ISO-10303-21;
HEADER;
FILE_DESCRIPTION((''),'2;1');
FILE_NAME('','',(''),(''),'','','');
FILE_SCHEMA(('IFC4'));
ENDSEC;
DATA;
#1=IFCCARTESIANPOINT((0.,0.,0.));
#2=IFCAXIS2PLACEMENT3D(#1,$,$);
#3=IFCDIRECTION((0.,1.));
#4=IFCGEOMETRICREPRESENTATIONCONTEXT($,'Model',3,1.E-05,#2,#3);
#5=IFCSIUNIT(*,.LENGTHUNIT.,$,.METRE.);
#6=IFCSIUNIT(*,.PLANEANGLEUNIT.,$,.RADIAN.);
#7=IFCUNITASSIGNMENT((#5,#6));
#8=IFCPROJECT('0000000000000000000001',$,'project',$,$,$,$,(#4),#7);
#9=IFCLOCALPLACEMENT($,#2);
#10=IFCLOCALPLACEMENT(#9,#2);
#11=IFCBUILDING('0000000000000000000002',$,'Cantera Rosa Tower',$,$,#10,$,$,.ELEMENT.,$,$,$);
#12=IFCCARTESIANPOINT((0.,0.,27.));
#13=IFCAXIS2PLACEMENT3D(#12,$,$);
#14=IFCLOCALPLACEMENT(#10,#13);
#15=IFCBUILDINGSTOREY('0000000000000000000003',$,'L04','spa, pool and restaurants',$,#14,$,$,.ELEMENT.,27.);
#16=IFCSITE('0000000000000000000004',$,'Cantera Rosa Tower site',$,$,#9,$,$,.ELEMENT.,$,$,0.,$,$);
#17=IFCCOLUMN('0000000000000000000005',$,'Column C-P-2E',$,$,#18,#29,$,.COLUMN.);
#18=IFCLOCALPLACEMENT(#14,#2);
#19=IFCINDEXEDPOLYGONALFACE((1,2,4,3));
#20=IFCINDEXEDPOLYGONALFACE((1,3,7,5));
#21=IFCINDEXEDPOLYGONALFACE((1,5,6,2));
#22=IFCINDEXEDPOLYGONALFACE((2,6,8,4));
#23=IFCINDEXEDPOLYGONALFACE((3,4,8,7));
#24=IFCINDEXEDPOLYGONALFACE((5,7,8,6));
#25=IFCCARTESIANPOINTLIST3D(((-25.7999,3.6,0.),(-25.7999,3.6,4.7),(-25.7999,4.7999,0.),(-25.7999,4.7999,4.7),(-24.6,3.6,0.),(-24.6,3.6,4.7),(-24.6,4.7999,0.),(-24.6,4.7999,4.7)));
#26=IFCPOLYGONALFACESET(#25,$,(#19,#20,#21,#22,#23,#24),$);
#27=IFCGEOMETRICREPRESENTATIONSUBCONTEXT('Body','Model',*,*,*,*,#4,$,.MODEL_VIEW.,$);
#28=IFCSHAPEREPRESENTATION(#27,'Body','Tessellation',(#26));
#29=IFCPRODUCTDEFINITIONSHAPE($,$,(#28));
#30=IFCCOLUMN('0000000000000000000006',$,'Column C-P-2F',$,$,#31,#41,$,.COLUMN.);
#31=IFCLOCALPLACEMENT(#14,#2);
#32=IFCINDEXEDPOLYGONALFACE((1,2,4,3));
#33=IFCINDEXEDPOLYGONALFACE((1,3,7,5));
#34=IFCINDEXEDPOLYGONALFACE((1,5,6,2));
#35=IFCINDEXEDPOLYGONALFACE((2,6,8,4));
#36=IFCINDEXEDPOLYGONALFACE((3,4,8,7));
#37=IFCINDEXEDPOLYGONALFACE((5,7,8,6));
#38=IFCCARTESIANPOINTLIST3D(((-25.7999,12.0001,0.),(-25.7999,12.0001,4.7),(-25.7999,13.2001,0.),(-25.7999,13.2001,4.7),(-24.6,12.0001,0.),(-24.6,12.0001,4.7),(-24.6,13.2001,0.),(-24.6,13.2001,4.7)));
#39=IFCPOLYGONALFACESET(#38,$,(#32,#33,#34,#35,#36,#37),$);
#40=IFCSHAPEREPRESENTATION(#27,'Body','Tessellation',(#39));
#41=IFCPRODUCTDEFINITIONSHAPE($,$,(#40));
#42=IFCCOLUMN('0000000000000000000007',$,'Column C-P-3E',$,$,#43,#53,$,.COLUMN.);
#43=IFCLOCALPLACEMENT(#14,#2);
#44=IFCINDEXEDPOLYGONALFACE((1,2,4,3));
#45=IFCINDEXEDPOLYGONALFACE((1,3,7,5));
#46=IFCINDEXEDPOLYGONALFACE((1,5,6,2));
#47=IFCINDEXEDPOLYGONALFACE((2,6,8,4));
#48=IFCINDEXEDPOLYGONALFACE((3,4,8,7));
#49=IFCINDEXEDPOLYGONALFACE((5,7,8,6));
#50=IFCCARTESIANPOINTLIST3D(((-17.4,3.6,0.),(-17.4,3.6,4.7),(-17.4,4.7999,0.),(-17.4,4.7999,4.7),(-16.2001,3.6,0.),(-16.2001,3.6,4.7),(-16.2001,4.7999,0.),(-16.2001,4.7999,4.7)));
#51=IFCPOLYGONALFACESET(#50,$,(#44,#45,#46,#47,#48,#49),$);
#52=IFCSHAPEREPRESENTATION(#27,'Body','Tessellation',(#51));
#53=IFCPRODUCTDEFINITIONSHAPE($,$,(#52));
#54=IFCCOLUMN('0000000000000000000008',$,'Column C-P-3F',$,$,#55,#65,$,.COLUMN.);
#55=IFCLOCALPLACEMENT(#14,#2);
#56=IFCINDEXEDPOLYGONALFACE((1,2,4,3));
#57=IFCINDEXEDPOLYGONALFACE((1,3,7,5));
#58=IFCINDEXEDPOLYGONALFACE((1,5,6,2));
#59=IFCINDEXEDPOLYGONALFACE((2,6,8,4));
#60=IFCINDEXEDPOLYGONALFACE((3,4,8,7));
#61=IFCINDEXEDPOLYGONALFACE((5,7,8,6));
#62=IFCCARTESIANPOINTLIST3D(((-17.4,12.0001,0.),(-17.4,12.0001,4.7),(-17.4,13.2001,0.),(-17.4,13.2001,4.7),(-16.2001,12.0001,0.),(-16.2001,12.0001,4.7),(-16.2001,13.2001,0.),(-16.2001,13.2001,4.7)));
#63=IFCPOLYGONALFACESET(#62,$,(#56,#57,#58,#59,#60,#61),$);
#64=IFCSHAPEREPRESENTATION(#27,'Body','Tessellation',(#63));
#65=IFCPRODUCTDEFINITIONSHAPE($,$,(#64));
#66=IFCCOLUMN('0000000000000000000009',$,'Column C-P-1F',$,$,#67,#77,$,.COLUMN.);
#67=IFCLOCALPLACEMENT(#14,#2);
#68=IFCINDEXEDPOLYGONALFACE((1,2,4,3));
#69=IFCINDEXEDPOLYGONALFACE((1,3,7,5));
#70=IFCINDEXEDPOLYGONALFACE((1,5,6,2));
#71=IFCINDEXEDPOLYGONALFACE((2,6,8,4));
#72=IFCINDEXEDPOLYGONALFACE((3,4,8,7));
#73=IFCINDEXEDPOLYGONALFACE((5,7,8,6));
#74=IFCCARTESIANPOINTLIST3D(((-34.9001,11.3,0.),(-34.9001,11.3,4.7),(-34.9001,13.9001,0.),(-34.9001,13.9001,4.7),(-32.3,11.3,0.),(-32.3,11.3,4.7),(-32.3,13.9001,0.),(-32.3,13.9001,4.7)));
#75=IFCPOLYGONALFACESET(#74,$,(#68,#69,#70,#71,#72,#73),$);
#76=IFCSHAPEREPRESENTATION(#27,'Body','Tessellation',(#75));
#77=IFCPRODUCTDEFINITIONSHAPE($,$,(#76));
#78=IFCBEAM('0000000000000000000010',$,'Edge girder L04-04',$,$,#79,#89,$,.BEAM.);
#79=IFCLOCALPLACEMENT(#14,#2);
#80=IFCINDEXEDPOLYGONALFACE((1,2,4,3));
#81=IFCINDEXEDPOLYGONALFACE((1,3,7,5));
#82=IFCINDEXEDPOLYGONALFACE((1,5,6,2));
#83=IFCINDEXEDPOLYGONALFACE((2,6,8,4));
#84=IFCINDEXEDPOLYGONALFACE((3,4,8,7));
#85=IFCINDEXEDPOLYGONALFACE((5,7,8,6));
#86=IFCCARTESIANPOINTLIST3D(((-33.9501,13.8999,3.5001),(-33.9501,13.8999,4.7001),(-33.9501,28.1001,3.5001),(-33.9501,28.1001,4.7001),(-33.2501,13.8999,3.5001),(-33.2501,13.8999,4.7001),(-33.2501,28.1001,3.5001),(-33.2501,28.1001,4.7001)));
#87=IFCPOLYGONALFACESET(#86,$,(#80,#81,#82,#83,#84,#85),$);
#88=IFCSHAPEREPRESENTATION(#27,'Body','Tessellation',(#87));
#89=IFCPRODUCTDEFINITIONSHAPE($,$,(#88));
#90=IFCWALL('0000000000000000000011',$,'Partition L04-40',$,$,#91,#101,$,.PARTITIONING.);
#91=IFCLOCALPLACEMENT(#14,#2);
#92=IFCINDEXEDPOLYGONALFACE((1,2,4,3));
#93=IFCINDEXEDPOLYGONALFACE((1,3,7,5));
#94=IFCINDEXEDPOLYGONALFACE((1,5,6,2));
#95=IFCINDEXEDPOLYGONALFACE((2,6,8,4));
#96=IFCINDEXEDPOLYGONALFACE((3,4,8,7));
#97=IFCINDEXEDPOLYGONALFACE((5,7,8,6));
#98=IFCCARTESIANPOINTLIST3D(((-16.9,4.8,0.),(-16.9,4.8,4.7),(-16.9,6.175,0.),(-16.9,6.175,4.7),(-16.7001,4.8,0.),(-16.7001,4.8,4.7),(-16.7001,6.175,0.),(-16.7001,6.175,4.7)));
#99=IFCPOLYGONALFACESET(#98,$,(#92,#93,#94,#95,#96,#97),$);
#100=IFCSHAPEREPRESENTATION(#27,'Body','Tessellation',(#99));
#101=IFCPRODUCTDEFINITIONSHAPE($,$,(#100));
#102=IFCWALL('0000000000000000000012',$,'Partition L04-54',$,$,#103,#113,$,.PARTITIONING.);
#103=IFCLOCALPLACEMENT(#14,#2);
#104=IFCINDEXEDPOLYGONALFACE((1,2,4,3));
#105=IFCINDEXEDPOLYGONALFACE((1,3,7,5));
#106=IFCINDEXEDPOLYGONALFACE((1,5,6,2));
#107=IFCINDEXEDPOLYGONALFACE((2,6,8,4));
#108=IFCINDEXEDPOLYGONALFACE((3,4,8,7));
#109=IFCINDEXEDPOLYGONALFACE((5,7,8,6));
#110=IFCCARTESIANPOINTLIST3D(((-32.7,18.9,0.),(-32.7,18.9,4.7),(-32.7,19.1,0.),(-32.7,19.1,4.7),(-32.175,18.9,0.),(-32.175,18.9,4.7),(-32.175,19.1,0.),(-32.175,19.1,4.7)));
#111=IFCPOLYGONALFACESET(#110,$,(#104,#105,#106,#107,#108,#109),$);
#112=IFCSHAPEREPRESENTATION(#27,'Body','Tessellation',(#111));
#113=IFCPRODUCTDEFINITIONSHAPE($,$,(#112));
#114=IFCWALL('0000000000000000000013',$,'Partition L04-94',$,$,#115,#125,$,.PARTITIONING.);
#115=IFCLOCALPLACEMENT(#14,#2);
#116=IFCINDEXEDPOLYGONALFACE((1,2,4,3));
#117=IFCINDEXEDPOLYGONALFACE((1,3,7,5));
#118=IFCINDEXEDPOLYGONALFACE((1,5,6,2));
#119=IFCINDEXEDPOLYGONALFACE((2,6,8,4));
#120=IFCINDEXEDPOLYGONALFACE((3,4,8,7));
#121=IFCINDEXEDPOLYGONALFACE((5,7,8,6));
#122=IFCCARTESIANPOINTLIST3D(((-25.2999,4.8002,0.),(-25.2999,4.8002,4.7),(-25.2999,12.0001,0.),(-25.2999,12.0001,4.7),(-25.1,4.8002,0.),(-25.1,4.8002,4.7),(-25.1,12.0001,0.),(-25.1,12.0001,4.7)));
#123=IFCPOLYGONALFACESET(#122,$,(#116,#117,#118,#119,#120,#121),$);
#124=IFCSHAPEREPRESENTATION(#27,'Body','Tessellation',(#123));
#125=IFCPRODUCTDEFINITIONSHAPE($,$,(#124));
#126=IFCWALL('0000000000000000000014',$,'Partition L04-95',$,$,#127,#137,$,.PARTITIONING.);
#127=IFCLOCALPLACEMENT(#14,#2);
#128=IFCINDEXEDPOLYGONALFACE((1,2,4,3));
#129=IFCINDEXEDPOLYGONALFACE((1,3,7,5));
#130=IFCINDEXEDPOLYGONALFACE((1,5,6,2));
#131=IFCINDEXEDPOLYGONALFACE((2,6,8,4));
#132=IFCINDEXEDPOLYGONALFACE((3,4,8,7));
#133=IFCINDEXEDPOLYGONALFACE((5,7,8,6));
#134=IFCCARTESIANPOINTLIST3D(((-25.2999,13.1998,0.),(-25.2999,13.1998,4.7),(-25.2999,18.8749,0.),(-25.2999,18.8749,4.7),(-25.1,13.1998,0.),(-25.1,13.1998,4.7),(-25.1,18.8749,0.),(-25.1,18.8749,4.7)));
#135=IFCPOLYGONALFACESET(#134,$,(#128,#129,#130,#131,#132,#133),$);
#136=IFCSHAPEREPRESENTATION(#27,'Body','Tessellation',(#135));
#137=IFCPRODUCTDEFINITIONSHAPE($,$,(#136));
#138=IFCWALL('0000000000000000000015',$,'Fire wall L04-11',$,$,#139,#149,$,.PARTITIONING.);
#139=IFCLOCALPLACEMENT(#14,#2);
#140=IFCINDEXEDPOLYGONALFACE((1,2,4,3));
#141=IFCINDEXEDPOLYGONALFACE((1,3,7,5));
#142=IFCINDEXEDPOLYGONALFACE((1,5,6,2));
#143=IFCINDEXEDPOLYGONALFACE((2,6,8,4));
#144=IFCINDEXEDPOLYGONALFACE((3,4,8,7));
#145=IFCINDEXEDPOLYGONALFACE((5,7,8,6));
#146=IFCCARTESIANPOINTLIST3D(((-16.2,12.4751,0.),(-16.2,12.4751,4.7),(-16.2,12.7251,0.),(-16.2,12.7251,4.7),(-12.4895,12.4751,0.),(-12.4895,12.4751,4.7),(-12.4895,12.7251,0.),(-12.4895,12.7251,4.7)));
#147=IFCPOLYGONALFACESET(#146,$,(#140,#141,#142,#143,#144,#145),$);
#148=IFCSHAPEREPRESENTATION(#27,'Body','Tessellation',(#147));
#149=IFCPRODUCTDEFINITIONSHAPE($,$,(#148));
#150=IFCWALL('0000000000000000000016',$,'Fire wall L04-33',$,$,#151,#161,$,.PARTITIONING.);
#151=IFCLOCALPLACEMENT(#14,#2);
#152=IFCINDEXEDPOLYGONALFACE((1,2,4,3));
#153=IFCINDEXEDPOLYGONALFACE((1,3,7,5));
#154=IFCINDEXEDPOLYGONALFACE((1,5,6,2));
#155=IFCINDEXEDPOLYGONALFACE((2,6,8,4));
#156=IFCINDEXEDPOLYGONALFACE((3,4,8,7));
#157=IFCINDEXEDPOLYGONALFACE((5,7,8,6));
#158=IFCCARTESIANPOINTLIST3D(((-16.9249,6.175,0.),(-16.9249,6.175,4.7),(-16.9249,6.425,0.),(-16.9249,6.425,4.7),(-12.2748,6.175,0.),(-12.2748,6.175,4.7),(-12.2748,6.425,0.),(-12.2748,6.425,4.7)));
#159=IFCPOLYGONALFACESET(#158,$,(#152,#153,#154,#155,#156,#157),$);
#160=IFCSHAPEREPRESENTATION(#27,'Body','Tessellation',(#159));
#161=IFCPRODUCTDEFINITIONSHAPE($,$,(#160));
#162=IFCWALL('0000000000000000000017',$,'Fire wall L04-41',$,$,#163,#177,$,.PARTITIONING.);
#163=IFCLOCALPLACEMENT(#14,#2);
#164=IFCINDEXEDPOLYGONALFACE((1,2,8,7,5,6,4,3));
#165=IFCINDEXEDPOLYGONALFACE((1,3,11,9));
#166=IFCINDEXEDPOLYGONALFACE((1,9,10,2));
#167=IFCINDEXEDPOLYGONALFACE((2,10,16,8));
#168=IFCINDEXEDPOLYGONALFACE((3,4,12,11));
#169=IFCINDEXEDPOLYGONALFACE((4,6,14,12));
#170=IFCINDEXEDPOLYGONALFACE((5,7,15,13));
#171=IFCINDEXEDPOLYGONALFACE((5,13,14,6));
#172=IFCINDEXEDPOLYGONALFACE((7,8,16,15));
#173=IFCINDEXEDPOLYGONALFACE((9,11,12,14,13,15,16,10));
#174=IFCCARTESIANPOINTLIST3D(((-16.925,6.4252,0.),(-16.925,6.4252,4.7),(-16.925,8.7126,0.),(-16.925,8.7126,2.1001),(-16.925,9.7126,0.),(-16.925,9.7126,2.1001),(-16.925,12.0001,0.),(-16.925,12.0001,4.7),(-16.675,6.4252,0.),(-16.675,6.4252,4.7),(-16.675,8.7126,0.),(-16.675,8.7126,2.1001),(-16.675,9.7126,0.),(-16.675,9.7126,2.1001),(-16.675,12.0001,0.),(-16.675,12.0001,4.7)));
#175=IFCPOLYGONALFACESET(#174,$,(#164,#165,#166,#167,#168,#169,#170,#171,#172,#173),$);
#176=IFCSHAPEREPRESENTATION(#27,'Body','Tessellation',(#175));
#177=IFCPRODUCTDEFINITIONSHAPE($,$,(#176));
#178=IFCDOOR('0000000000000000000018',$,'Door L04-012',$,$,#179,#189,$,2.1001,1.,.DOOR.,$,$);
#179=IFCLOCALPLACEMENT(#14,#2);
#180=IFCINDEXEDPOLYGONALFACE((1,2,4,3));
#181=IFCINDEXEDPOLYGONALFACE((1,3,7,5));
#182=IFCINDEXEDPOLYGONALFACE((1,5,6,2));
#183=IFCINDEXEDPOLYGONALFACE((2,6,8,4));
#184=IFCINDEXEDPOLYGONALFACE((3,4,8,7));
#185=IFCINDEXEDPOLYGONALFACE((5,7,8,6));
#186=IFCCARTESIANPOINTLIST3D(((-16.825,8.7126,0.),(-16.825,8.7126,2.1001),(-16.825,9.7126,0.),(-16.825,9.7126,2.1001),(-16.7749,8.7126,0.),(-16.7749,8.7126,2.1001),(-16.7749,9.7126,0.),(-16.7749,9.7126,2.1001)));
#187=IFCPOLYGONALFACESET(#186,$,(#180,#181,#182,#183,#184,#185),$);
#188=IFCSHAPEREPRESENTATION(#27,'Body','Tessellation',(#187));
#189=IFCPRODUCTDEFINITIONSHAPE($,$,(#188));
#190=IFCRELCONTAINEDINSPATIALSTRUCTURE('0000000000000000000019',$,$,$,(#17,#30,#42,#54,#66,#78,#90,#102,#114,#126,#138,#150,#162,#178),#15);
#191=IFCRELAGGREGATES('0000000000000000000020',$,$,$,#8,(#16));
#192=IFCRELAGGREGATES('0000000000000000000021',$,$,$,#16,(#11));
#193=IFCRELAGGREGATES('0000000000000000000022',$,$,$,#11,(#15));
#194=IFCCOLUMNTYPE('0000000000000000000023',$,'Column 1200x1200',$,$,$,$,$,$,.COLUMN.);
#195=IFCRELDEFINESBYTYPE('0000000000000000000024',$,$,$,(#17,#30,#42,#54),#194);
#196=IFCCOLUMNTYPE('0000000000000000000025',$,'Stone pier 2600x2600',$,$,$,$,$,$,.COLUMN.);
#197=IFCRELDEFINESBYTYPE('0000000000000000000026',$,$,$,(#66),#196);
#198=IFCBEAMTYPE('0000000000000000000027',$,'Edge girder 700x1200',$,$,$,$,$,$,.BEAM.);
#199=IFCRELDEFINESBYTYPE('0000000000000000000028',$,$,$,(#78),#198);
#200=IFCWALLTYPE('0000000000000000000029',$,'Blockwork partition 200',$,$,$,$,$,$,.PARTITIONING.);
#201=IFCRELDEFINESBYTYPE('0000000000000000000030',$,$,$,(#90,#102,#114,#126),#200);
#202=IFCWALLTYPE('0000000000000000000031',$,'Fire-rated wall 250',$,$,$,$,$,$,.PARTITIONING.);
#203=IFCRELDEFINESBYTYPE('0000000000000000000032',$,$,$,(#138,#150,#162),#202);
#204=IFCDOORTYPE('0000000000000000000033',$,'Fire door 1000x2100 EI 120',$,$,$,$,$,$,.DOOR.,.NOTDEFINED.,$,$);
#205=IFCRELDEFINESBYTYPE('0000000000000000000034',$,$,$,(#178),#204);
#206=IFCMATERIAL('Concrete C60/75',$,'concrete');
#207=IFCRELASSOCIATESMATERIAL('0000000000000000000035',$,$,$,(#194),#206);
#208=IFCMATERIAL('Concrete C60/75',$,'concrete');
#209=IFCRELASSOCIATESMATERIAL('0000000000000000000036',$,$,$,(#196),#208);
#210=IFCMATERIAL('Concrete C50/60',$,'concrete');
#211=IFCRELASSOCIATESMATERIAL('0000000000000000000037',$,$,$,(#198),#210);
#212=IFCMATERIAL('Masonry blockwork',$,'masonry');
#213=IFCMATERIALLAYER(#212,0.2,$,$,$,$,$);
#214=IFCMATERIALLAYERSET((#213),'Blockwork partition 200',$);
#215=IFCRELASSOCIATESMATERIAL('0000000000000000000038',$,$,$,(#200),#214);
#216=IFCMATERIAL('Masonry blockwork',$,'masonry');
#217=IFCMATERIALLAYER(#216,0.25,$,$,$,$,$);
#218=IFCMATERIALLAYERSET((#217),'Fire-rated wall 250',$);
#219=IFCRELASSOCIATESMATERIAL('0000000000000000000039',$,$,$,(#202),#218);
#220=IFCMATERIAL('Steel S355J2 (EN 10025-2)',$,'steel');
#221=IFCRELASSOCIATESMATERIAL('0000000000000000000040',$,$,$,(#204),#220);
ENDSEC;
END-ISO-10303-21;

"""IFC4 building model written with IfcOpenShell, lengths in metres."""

from ifc_helpers import new_model, si_unit, direction, frame, frame_2d, origin, origin_2d, place, context, subcontext, project, spatial, rectangle, extrude, material, layer, layer_set, material_profile, profile_set, type_object, element, fill, save


model = new_model("IFC4")

# Units and contexts
model_context = context("Model", 3, precision=1e-05, world=origin(), true_north=direction((0.0, 1.0)))
body_context = subcontext(model_context, "Body", "Model", "MODEL_VIEW")
ifc_project = project(units=[si_unit("LENGTHUNIT", "METRE"), si_unit("PLANEANGLEUNIT", "RADIAN")], contexts=[model_context])

# Site, building, storey
site_placement = place(None, origin())
site = spatial("IfcSite", under=ifc_project, at=site_placement, Name="Cantera Rosa Tower site", CompositionType="ELEMENT", RefElevation=0.0)
building_placement = place(site_placement, origin())
building = spatial("IfcBuilding", under=site, at=building_placement, Name="Cantera Rosa Tower", CompositionType="ELEMENT")
storey_placement = place(building_placement, frame((0.0, 0.0, 27.0)))
storey = spatial("IfcBuildingStorey", under=building, at=storey_placement, Name="L04", Description="spa, pool and restaurants", CompositionType="ELEMENT", Elevation=27.0)

# Columns
ifc_material_1 = material(Name="Concrete C60/75", Category="concrete")
ifc_material_profile_1 = material_profile(ifc_material_1, rectangle(XDim=1.2, YDim=1.2, at=origin_2d()), Name="Column 1200x1200")
ifc_profile_set_1 = profile_set([ifc_material_profile_1], Name="Concrete C60/75")
column_type_1 = type_object("IfcColumnType", Name="Column 1200x1200", PredefinedType="COLUMN", material=ifc_profile_set_1)
for number, where, z_axis, x_axis, name in (
    (1, (-25.2, 4.2, 0.0), (0.0, 0.0, 1.0), (1.0, 0.0, 0.0), "Column C-P-2E"),
    (2, (-25.2, 12.6001, 0.0), (0.0, 0.0, 1.0), (1.0, 0.0, 0.0), "Column C-P-2F"),
    (3, (-16.8, 4.2, 0.0), (0.0, 0.0, 1.0), (1.0, 0.0, 0.0), "Column C-P-3E"),
    (4, (-16.8, 12.6001, 0.0), (0.0, 0.0, 1.0), (1.0, 0.0, 0.0), "Column C-P-3F"),
):
    element("IfcColumn", number, at=place(storey_placement, frame(where, z_axis=z_axis, x_axis=x_axis)), inside=storey, type_object=column_type_1, Name=name, PredefinedType="COLUMN", context=body_context, shape_type="SweptSolid", body=[
        extrude(rectangle(XDim=1.2, YDim=1.2, at=origin_2d()), origin(), (0.0, 0.0, 1.0), 4.7),
    ])
ifc_material_2 = material(Name="Concrete C60/75", Category="concrete")
ifc_material_profile_2 = material_profile(ifc_material_2, rectangle(XDim=2.6001, YDim=2.6001, at=origin_2d()), Name="Stone pier 2600x2600")
ifc_profile_set_2 = profile_set([ifc_material_profile_2], Name="Concrete C60/75")
column_type_2 = type_object("IfcColumnType", Name="Stone pier 2600x2600", PredefinedType="COLUMN", material=ifc_profile_set_2)
column_placement = place(storey_placement, frame((-33.6001, 12.6001, 0.0), z_axis=(0.0, 0.0, 1.0), x_axis=(1.0, 0.0, 0.0)))
element("IfcColumn", 5, at=column_placement, inside=storey, type_object=column_type_2, Name="Column C-P-1F", PredefinedType="COLUMN", context=body_context, shape_type="SweptSolid", body=[
    extrude(rectangle(XDim=2.6001, YDim=2.6001, at=origin_2d()), origin(), (0.0, 0.0, 1.0), 4.7),
])

# Beam
ifc_material_3 = material(Name="Concrete C50/60", Category="concrete")
ifc_material_profile_3 = material_profile(ifc_material_3, rectangle(XDim=0.7, YDim=1.2, at=origin_2d()), Name="Edge girder 700x1200")
ifc_profile_set_3 = profile_set([ifc_material_profile_3], Name="Concrete C50/60")
beam_type = type_object("IfcBeamType", Name="Edge girder 700x1200", PredefinedType="BEAM", material=ifc_profile_set_3)
beam_placement = place(storey_placement, frame((-33.6001, 13.8999, 4.1001), z_axis=(0.0, 1.0, 0.0), x_axis=(-1.0, 0.0, 0.0)))
element("IfcBeam", 6, at=beam_placement, inside=storey, type_object=beam_type, Name="Edge girder L04-04", PredefinedType="BEAM", context=body_context, shape_type="SweptSolid", body=[
    extrude(rectangle(XDim=0.7, YDim=1.2, at=origin_2d()), origin(), (0.0, 0.0, 1.0), 14.2002),
])

# Walls
ifc_material_4 = material(Name="Masonry blockwork", Category="masonry")
ifc_layer_1 = layer(ifc_material_4, 0.2)
ifc_layer_set_1 = layer_set([ifc_layer_1], Name="Blockwork partition 200")
wall_type_1 = type_object("IfcWallType", Name="Blockwork partition 200", PredefinedType="PARTITIONING", material=ifc_layer_set_1)
wall_1_placement = place(storey_placement, frame((-16.8, 4.8, 0.0), z_axis=(0.0, 0.0, 1.0), x_axis=(0.0, 1.0, 0.0)))
element("IfcWall", 7, at=wall_1_placement, inside=storey, type_object=wall_type_1, Name="Partition L04-40", PredefinedType="PARTITIONING", context=body_context, shape_type="SweptSolid", body=[
    extrude(rectangle(XDim=1.375, YDim=0.2, at=frame_2d((0.6875, 0.0))), origin(), (0.0, 0.0, 1.0), 4.7),
])
wall_2_placement = place(storey_placement, frame((-32.7, 19.0, 0.0), z_axis=(0.0, 0.0, 1.0), x_axis=(1.0, 0.0, 0.0)))
element("IfcWall", 8, at=wall_2_placement, inside=storey, type_object=wall_type_1, Name="Partition L04-54", PredefinedType="PARTITIONING", context=body_context, shape_type="SweptSolid", body=[
    extrude(rectangle(XDim=0.5249, YDim=0.2, at=frame_2d((0.2625, 0.0))), origin(), (0.0, 0.0, 1.0), 4.7),
])
wall_3_placement = place(storey_placement, frame((-25.2, 4.8, 0.0), z_axis=(0.0, 0.0, 1.0), x_axis=(0.0, 1.0, 0.0)))
element("IfcWall", 9, at=wall_3_placement, inside=storey, type_object=wall_type_1, Name="Partition L04-94", PredefinedType="PARTITIONING", context=body_context, shape_type="SweptSolid", body=[
    extrude(rectangle(XDim=7.2, YDim=0.2, at=frame_2d((3.6001, 0.0))), origin(), (0.0, 0.0, 1.0), 4.7),
])
wall_4_placement = place(storey_placement, frame((-25.2, 13.2, 0.0), z_axis=(0.0, 0.0, 1.0), x_axis=(0.0, 1.0, 0.0)))
element("IfcWall", 10, at=wall_4_placement, inside=storey, type_object=wall_type_1, Name="Partition L04-95", PredefinedType="PARTITIONING", context=body_context, shape_type="SweptSolid", body=[
    extrude(rectangle(XDim=5.675, YDim=0.2, at=frame_2d((2.8374, 0.0))), origin(), (0.0, 0.0, 1.0), 4.7),
])
ifc_material_5 = material(Name="Masonry blockwork", Category="masonry")
ifc_layer_2 = layer(ifc_material_5, 0.25)
ifc_layer_set_2 = layer_set([ifc_layer_2], Name="Fire-rated wall 250")
wall_type_2 = type_object("IfcWallType", Name="Fire-rated wall 250", PredefinedType="PARTITIONING", material=ifc_layer_set_2)
wall_5_placement = place(storey_placement, frame((-16.2, 12.6001, 0.0), z_axis=(0.0, 0.0, 1.0), x_axis=(1.0, 0.0, 0.0)))
element("IfcWall", 11, at=wall_5_placement, inside=storey, type_object=wall_type_2, Name="Fire wall L04-11", PredefinedType="PARTITIONING", context=body_context, shape_type="SweptSolid", body=[
    extrude(rectangle(XDim=3.7104, YDim=0.25, at=frame_2d((1.8552, 0.0))), origin(), (0.0, 0.0, 1.0), 4.7),
])
wall_6_placement = place(storey_placement, frame((-16.925, 6.3, 0.0), z_axis=(0.0, 0.0, 1.0), x_axis=(1.0, 0.0, 0.0)))
element("IfcWall", 12, at=wall_6_placement, inside=storey, type_object=wall_type_2, Name="Fire wall L04-33", PredefinedType="PARTITIONING", context=body_context, shape_type="SweptSolid", body=[
    extrude(rectangle(XDim=4.6501, YDim=0.25, at=frame_2d((2.3252, 0.0))), origin(), (0.0, 0.0, 1.0), 4.7),
])

# Wall, opening, door
wall_7_placement = place(storey_placement, frame((-16.8, 6.425, 0.0), z_axis=(0.0, 0.0, 1.0), x_axis=(0.0, 1.0, 0.0)))
wall_7 = element("IfcWall", 13, at=wall_7_placement, inside=storey, type_object=wall_type_2, Name="Fire wall L04-41", PredefinedType="PARTITIONING", context=body_context, shape_type="SweptSolid", body=[
    extrude(rectangle(XDim=5.575, YDim=0.25, at=frame_2d((2.7876, 0.0))), origin(), (0.0, 0.0, 1.0), 4.7),
])
opening_1_placement = place(wall_7_placement, frame((2.2876, 0.0, 0.0)))
opening_1 = element("IfcOpeningElement", 14, at=opening_1_placement, cuts=wall_7, PredefinedType="OPENING", context=body_context, shape_type="SweptSolid", body=[
    extrude(rectangle(XDim=1.0, YDim=2.1001, at=frame_2d((0.5, 1.05))), frame((0.0, 0.135, 0.0), z_axis=(0.0, -1.0, 0.0), x_axis=(1.0, 0.0, 0.0)), (0.0, 0.0, 1.0), 0.27),
])
ifc_material_6 = material(Name="Steel S355J2 (EN 10025-2)", Category="steel")
door_type_1 = type_object("IfcDoorType", Name="Fire door 1000x2100 EI 120", OperationType="NOTDEFINED", PredefinedType="DOOR", material=ifc_material_6)
door_1_placement = place(opening_1_placement, origin())
door_1 = element("IfcDoor", 15, at=door_1_placement, inside=storey, type_object=door_type_1, Name="Door L04-012", OverallHeight=2.1001, OverallWidth=1.0, PredefinedType="DOOR", context=body_context, shape_type="SweptSolid", body=[
    extrude(rectangle(XDim=1.0, YDim=2.1001, at=frame_2d((0.5, 1.05))), frame((0.0, 0.0249, 0.0), z_axis=(0.0, -1.0, 0.0), x_axis=(1.0, 0.0, 0.0)), (0.0, 0.0, 1.0), 0.05),
])
fill(opening_1, door_1)

save(model, "model.ifc")
